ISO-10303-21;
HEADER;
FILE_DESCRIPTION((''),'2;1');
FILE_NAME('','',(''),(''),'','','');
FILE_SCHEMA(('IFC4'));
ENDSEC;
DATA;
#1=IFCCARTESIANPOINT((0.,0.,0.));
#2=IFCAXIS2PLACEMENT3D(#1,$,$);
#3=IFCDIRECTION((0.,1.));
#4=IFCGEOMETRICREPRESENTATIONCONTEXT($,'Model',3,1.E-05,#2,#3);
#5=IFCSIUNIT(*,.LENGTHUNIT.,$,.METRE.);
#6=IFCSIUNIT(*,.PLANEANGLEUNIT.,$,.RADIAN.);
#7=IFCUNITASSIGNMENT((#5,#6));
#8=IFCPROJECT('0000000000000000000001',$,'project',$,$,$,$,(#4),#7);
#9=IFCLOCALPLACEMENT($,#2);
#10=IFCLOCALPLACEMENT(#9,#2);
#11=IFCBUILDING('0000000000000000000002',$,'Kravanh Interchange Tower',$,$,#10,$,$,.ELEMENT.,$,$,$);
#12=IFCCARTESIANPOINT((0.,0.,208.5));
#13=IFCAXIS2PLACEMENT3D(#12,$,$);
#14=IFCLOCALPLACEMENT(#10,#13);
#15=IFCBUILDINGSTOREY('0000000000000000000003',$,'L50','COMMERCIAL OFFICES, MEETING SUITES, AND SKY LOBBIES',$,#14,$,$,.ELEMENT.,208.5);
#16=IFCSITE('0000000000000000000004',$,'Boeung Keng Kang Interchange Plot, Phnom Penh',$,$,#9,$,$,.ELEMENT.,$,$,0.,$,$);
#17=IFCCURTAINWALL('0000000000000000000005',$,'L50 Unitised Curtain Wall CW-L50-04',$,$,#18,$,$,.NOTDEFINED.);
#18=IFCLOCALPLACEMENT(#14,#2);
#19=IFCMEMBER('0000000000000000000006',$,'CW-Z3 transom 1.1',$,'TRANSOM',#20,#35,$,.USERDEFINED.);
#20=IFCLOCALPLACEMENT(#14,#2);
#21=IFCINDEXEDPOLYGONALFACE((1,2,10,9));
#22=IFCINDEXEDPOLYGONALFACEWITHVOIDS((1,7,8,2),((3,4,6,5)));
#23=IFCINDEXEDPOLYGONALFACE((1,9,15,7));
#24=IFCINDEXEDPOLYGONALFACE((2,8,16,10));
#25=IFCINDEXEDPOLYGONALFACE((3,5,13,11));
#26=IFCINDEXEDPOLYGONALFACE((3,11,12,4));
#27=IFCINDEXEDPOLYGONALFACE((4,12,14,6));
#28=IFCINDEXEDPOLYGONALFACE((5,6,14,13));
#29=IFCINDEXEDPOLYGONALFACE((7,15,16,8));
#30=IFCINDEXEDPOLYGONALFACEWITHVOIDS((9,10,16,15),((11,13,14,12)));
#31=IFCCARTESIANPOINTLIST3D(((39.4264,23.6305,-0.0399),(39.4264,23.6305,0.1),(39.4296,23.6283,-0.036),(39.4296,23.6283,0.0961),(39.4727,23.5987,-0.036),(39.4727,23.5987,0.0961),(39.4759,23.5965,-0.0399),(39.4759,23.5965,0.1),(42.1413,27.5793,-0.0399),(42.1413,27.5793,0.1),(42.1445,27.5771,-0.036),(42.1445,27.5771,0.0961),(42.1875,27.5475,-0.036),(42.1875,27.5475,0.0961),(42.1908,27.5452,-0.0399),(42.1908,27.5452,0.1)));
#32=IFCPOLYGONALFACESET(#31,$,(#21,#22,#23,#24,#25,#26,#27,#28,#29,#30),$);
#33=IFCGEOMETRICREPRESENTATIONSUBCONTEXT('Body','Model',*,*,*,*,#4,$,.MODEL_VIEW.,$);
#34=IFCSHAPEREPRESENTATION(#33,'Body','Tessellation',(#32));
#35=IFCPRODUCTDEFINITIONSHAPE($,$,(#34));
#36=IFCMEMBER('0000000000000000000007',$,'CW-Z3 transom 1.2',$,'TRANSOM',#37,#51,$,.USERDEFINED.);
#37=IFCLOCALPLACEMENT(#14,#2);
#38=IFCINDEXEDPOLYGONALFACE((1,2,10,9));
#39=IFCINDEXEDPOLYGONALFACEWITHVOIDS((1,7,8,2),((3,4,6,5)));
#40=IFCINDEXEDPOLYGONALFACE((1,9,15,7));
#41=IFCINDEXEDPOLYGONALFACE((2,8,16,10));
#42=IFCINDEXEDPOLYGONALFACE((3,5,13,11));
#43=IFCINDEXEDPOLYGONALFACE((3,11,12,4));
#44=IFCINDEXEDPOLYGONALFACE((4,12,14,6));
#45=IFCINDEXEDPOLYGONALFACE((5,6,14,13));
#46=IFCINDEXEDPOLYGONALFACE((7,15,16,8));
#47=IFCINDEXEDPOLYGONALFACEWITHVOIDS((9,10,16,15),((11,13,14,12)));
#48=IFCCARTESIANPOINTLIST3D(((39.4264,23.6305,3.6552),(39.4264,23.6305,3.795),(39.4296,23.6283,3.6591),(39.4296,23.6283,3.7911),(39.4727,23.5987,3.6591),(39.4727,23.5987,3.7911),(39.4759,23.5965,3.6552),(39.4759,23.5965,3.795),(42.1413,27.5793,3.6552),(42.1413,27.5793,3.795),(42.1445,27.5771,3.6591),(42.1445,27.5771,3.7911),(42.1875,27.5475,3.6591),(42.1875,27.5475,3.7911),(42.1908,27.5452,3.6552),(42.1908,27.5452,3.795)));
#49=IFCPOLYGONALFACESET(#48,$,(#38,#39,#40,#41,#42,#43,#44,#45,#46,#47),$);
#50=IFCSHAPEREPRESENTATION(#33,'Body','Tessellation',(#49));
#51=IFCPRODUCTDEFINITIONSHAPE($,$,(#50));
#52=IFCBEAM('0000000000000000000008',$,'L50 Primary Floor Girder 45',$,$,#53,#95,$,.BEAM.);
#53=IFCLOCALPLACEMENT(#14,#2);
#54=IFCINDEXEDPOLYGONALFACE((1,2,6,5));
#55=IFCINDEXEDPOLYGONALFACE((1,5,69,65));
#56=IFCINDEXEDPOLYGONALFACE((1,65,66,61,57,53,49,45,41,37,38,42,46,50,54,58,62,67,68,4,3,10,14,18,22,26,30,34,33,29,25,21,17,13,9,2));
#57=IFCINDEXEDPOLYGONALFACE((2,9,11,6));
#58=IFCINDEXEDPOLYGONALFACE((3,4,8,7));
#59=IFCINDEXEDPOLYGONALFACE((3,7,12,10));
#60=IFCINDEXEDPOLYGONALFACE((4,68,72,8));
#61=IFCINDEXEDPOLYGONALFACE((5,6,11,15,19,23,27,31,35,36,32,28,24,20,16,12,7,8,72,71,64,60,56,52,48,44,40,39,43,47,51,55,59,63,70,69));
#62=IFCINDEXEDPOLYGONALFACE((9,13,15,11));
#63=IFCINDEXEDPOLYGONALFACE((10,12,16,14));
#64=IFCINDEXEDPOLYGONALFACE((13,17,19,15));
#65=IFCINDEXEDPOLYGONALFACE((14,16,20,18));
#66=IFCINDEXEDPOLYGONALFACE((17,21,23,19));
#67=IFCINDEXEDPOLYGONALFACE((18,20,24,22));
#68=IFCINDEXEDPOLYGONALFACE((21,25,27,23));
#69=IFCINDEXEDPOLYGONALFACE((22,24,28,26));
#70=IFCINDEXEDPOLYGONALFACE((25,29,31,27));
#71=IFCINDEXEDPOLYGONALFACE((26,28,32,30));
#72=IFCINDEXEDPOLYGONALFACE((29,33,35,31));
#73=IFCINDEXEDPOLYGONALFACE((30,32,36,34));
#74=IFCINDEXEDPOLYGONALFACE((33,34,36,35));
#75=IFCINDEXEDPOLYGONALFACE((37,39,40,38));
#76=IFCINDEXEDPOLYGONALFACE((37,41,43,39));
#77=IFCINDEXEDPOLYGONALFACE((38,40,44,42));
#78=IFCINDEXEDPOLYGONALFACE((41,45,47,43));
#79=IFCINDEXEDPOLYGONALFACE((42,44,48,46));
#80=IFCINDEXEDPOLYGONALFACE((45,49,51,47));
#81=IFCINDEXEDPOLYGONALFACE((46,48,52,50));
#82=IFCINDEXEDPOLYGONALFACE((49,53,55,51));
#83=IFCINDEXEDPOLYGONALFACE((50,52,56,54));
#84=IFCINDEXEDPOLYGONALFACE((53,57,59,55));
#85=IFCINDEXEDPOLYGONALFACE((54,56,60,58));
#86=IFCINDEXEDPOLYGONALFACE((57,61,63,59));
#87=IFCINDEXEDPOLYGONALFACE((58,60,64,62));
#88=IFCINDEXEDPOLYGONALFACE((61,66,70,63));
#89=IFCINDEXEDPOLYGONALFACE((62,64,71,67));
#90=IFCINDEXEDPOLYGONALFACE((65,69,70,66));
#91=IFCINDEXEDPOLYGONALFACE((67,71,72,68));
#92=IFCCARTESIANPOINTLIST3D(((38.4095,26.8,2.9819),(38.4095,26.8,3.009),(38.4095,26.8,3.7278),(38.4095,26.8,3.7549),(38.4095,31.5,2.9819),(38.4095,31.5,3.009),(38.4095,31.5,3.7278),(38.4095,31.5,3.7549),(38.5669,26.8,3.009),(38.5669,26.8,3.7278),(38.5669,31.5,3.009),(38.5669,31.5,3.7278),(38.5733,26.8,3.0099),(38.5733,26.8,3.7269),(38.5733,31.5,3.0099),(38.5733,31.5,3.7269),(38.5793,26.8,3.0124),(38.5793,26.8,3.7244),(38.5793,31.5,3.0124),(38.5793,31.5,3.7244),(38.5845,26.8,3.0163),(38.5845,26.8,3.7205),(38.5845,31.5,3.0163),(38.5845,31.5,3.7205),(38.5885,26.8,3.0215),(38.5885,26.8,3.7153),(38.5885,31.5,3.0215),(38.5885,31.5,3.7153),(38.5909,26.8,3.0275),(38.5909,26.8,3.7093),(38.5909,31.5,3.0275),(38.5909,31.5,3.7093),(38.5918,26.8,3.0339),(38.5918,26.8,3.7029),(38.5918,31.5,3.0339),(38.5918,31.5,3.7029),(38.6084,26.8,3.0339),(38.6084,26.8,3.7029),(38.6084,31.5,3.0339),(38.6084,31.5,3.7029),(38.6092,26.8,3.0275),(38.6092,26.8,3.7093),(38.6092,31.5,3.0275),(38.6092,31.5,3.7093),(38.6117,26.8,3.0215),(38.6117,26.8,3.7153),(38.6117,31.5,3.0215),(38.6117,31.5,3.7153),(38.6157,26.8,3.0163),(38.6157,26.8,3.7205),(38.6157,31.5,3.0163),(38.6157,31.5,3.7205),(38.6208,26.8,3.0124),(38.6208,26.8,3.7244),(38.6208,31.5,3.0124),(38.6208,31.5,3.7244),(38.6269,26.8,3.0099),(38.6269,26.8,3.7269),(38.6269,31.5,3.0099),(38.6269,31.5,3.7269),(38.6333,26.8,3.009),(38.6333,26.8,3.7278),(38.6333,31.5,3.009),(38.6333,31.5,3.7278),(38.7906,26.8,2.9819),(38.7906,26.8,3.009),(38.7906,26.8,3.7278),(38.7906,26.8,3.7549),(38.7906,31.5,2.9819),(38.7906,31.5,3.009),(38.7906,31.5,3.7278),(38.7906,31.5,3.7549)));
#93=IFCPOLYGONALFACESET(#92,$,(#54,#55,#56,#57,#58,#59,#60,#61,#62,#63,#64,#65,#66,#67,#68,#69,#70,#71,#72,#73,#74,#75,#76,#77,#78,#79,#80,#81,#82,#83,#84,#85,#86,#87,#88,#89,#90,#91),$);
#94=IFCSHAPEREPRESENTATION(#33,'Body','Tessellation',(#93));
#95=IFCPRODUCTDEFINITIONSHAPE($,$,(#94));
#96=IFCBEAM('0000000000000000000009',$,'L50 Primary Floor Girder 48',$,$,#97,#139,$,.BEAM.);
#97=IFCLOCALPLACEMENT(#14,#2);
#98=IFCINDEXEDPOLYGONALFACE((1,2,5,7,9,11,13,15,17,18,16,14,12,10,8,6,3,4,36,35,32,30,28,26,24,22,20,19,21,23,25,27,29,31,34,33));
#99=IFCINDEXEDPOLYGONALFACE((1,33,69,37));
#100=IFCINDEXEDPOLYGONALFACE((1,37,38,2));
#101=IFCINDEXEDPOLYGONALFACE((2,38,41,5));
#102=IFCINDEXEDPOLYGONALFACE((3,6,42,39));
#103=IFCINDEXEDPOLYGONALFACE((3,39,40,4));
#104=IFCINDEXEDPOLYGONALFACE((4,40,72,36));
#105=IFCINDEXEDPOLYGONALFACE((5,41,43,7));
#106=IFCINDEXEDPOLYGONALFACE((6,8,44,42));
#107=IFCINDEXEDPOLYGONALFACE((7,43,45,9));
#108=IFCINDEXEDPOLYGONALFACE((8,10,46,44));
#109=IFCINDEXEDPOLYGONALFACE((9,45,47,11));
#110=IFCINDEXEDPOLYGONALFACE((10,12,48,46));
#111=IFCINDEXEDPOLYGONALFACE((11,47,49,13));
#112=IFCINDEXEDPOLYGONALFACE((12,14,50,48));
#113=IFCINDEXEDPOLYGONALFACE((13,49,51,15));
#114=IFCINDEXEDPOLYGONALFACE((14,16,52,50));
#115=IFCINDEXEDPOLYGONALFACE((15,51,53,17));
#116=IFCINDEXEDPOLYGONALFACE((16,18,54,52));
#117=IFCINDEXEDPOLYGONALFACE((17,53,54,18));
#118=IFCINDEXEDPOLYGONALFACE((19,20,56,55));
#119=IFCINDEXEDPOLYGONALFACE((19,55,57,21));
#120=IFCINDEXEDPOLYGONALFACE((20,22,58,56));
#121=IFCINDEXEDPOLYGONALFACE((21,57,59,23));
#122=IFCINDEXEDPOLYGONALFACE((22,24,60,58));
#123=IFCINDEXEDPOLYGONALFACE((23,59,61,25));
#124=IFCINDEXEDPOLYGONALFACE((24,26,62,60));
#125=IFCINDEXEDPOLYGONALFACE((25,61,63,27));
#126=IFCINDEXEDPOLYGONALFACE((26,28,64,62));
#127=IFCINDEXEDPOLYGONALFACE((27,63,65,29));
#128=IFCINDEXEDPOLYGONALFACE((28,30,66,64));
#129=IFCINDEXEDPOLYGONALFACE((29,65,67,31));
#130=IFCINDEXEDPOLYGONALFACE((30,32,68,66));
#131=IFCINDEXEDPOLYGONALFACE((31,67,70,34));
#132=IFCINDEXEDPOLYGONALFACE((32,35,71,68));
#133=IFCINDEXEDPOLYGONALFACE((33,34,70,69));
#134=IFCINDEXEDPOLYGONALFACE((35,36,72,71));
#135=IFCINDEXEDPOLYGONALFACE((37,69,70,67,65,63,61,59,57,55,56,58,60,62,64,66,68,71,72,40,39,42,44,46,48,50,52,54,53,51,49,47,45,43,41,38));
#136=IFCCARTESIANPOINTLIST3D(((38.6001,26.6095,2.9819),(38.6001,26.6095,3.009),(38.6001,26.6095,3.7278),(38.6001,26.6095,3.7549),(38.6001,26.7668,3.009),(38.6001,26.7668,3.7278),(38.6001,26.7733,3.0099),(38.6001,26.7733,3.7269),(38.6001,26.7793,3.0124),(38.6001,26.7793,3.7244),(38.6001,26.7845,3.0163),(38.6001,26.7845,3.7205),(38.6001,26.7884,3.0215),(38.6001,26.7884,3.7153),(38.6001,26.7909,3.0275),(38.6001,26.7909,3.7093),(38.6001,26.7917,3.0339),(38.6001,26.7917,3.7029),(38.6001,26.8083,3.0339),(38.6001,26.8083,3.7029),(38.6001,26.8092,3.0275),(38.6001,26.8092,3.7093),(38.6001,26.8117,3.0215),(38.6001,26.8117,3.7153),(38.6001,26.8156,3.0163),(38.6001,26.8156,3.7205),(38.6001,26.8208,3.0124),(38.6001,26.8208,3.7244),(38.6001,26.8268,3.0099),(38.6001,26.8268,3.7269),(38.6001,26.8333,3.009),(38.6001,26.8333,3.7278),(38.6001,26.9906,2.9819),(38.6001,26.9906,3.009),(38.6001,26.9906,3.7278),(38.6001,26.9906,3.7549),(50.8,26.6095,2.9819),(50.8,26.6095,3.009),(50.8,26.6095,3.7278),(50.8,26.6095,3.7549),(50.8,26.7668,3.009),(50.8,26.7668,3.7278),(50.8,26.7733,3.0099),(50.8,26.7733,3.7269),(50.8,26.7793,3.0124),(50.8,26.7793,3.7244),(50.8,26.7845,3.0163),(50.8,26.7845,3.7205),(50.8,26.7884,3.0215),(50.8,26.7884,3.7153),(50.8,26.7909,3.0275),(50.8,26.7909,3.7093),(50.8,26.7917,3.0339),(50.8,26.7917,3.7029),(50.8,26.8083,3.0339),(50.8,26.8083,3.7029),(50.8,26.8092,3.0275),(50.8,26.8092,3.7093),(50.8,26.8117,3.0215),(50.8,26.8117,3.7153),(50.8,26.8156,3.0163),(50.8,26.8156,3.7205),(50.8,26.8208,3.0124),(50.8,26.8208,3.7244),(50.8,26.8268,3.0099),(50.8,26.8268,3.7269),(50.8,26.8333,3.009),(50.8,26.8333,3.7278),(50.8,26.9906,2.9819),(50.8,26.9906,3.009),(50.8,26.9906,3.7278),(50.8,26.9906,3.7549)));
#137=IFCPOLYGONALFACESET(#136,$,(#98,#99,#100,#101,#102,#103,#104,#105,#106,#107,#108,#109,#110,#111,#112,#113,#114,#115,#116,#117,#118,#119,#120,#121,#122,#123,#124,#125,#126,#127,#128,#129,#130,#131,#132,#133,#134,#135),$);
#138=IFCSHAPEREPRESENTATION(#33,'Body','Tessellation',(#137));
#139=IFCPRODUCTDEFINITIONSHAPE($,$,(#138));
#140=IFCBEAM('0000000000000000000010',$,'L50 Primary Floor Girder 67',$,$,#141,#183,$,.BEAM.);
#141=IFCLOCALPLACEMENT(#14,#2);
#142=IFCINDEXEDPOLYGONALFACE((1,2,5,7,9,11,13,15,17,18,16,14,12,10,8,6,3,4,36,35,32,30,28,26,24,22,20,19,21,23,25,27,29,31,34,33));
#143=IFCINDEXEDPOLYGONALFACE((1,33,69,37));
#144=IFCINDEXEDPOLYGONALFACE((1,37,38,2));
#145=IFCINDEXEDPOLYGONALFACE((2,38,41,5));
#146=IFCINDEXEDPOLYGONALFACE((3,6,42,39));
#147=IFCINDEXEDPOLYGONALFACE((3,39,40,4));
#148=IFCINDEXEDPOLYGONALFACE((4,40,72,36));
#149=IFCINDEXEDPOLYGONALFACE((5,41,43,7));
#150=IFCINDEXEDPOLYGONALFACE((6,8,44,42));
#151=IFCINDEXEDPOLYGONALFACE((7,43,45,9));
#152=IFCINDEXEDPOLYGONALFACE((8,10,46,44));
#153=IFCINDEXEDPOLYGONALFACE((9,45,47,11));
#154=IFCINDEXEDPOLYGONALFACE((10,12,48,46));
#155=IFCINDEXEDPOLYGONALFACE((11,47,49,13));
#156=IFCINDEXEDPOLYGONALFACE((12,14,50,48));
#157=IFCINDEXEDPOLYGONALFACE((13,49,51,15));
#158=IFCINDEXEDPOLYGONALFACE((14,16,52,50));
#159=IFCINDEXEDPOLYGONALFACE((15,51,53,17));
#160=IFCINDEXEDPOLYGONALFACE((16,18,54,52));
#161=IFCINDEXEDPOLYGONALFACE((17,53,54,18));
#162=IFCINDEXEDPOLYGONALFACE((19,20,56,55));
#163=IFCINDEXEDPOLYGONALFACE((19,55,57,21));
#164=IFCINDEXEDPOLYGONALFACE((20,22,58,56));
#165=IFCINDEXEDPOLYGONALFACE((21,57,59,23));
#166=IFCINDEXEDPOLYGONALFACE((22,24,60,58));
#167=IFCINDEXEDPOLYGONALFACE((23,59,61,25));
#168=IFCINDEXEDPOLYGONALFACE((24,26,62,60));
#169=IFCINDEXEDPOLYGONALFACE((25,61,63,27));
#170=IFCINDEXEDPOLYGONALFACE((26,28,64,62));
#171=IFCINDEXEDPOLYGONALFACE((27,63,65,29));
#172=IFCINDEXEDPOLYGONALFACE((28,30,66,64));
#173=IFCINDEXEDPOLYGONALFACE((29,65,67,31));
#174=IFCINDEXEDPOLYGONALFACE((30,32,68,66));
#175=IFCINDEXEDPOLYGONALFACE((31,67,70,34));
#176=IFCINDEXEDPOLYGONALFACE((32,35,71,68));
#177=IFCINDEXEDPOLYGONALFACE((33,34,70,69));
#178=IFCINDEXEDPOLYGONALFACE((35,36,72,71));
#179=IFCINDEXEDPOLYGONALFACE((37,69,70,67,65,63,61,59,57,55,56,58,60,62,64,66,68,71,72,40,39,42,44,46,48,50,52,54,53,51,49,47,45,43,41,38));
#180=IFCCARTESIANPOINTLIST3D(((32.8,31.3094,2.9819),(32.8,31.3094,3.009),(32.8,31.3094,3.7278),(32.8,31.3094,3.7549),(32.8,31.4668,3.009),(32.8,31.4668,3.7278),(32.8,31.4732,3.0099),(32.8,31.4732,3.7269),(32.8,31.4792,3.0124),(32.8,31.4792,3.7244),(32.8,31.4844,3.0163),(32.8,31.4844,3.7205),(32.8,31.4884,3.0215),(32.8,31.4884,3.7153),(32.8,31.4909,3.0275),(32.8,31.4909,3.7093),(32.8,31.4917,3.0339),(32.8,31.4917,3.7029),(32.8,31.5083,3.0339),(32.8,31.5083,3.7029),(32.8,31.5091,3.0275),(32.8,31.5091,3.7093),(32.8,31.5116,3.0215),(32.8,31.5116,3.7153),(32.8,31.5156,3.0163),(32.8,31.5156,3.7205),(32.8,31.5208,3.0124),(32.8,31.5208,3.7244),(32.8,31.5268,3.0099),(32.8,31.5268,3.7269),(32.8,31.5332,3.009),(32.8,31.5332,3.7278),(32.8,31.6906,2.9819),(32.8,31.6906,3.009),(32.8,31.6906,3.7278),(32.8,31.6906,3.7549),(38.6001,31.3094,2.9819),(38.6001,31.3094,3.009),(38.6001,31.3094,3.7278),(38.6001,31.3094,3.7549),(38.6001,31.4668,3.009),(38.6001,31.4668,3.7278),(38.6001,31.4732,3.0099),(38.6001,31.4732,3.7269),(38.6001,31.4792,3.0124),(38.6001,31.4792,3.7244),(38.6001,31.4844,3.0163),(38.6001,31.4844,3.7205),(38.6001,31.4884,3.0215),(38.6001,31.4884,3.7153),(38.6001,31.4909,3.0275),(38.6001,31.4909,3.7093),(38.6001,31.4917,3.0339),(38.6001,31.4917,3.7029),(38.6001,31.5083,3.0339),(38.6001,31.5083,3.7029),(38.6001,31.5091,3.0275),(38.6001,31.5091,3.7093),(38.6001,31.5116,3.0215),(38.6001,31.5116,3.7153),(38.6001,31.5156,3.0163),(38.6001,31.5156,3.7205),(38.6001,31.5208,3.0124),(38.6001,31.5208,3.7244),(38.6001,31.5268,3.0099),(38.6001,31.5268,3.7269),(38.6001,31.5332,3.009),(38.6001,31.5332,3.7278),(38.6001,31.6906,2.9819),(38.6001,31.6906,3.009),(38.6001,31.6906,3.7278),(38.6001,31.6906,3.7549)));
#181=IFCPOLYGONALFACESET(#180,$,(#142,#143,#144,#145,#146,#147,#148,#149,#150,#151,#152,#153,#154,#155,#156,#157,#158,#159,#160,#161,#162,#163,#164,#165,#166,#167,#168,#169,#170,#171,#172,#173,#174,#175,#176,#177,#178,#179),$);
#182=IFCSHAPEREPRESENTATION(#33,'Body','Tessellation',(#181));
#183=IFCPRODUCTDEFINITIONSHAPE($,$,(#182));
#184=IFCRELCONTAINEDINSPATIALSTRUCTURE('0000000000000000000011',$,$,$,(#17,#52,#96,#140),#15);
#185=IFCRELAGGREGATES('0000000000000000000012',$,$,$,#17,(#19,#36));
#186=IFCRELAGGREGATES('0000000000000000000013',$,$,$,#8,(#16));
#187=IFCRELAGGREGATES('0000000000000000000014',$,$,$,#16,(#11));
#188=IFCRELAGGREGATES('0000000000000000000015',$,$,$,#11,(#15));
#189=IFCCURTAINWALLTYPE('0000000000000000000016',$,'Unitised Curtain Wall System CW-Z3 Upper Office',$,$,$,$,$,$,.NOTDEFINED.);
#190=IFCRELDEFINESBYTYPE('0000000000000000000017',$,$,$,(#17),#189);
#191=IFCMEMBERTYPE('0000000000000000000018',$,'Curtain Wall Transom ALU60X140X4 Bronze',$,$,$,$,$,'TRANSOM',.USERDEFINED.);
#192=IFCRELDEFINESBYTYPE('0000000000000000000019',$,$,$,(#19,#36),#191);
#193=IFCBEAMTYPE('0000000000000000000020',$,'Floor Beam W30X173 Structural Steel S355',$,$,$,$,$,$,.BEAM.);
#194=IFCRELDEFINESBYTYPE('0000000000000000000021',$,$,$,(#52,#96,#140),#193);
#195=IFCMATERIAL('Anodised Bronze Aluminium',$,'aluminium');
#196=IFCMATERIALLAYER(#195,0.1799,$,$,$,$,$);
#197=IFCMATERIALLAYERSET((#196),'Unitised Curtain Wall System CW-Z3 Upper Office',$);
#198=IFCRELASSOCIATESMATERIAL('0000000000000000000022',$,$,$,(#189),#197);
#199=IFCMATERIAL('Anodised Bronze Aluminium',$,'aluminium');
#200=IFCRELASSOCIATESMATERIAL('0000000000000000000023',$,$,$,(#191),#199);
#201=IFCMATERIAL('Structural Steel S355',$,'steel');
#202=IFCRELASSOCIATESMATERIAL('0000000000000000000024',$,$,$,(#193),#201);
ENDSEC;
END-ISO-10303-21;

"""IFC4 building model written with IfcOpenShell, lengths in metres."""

from ifc_helpers import new_model, si_unit, direction, frame, origin, origin_2d, place, context, subcontext, project, spatial, hollow_rectangle, i_section, extrude, material, layer, layer_set, material_profile, profile_set, type_object, element, aggregate, save


model = new_model("IFC4")

# Units and contexts
model_context = context("Model", 3, precision=1e-05, world=origin(), true_north=direction((0.0, 1.0)))
body_context = subcontext(model_context, "Body", "Model", "MODEL_VIEW")
ifc_project = project(units=[si_unit("LENGTHUNIT", "METRE"), si_unit("PLANEANGLEUNIT", "RADIAN")], contexts=[model_context])

# Site, building, storey
site_placement = place(None, origin())
site = spatial("IfcSite", under=ifc_project, at=site_placement, Name="Boeung Keng Kang Interchange Plot, Phnom Penh", CompositionType="ELEMENT", RefElevation=0.0)
building_placement = place(site_placement, origin())
building = spatial("IfcBuilding", under=site, at=building_placement, Name="Kravanh Interchange Tower", CompositionType="ELEMENT")
storey_placement = place(building_placement, frame((0.0, 0.0, 208.5)))
storey = spatial("IfcBuildingStorey", under=building, at=storey_placement, Name="L50", Description="COMMERCIAL OFFICES, MEETING SUITES, AND SKY LOBBIES", CompositionType="ELEMENT", Elevation=208.5)

# Curtain wall, members
ifc_material_1 = material(Name="Anodised Bronze Aluminium", Category="aluminium")
ifc_layer_1 = layer(ifc_material_1, 0.1799)
ifc_layer_set_1 = layer_set([ifc_layer_1], Name="Unitised Curtain Wall System CW-Z3 Upper Office")
curtain_wall_type = type_object("IfcCurtainWallType", Name="Unitised Curtain Wall System CW-Z3 Upper Office", PredefinedType="NOTDEFINED", material=ifc_layer_set_1)
curtain_wall_placement = place(storey_placement, origin())
curtain_wall = element("IfcCurtainWall", 1, at=curtain_wall_placement, inside=storey, type_object=curtain_wall_type, Name="L50 Unitised Curtain Wall CW-L50-04", PredefinedType="NOTDEFINED")
ifc_material_2 = material(Name="Anodised Bronze Aluminium", Category="aluminium")
ifc_material_profile_1 = material_profile(ifc_material_2, hollow_rectangle(XDim=0.0601, YDim=0.1399, WallThickness=0.0039, at=origin_2d()), Name="ALU60X140X4")
ifc_profile_set_1 = profile_set([ifc_material_profile_1], Name="Anodised Bronze Aluminium")
member_type = type_object("IfcMemberType", Name="Curtain Wall Transom ALU60X140X4 Bronze", ElementType="TRANSOM", PredefinedType="USERDEFINED", material=ifc_profile_set_1)
member_1_placement = place(storey_placement, frame((42.166, 27.5623, 0.03), z_axis=(-0.566542, -0.824033, 0.0), x_axis=(0.824033, -0.566542, 0.0)))
member_1 = element("IfcMember", 2, at=member_1_placement, type_object=member_type, Name="CW-Z3 transom 1.1", ObjectType="TRANSOM", PredefinedType="USERDEFINED", context=body_context, shape_type="SweptSolid", body=[
    extrude(hollow_rectangle(XDim=0.0601, YDim=0.1399, WallThickness=0.0039, at=origin_2d()), origin(), (0.0, 0.0, 1.0), 4.792),
])
member_2_placement = place(storey_placement, frame((42.166, 27.5623, 3.7251), z_axis=(-0.566542, -0.824033, 0.0), x_axis=(0.824033, -0.566542, 0.0)))
member_2 = element("IfcMember", 3, at=member_2_placement, type_object=member_type, Name="CW-Z3 transom 1.2", ObjectType="TRANSOM", PredefinedType="USERDEFINED", context=body_context, shape_type="SweptSolid", body=[
    extrude(hollow_rectangle(XDim=0.0601, YDim=0.1399, WallThickness=0.0039, at=origin_2d()), origin(), (0.0, 0.0, 1.0), 4.792),
])
aggregate(curtain_wall, [member_1, member_2])

# Beams
ifc_material_3 = material(Name="Structural Steel S355", Category="steel")
ifc_material_profile_2 = material_profile(ifc_material_3, i_section(OverallWidth=0.3811, OverallDepth=0.7729, WebThickness=0.0166, FlangeThickness=0.0271, FilletRadius=0.0249, at=origin_2d()), Name="W30X173")
ifc_profile_set_2 = profile_set([ifc_material_profile_2], Name="Structural Steel S355")
beam_type_1 = type_object("IfcBeamType", Name="Floor Beam W30X173 Structural Steel S355", PredefinedType="BEAM", material=ifc_profile_set_2)
beam_1_placement = place(storey_placement, frame((38.6001, 26.8, 3.3684), z_axis=(0.0, 1.0, 0.0), x_axis=(-1.0, 0.0, 0.0)))
element("IfcBeam", 4, at=beam_1_placement, inside=storey, type_object=beam_type_1, Name="L50 Primary Floor Girder 45", PredefinedType="BEAM", context=body_context, shape_type="SweptSolid", body=[
    extrude(i_section(OverallWidth=0.3811, OverallDepth=0.7729, WebThickness=0.0166, FlangeThickness=0.0271, FilletRadius=0.0249, at=origin_2d()), origin(), (0.0, 0.0, 1.0), 4.7),
])
beam_2_placement = place(storey_placement, frame((38.6001, 26.8, 3.3684), z_axis=(1.0, 0.0, 0.0), x_axis=(0.0, 1.0, 0.0)))
element("IfcBeam", 5, at=beam_2_placement, inside=storey, type_object=beam_type_1, Name="L50 Primary Floor Girder 48", PredefinedType="BEAM", context=body_context, shape_type="SweptSolid", body=[
    extrude(i_section(OverallWidth=0.3811, OverallDepth=0.7729, WebThickness=0.0166, FlangeThickness=0.0271, FilletRadius=0.0249, at=origin_2d()), origin(), (0.0, 0.0, 1.0), 12.2),
])
beam_3_placement = place(storey_placement, frame((32.8, 31.5, 3.3684), z_axis=(1.0, 0.0, 0.0), x_axis=(0.0, 1.0, 0.0)))
element("IfcBeam", 6, at=beam_3_placement, inside=storey, type_object=beam_type_1, Name="L50 Primary Floor Girder 67", PredefinedType="BEAM", context=body_context, shape_type="SweptSolid", body=[
    extrude(i_section(OverallWidth=0.3811, OverallDepth=0.7729, WebThickness=0.0166, FlangeThickness=0.0271, FilletRadius=0.0249, at=origin_2d()), origin(), (0.0, 0.0, 1.0), 5.8),
])

save(model, "model.ifc")
